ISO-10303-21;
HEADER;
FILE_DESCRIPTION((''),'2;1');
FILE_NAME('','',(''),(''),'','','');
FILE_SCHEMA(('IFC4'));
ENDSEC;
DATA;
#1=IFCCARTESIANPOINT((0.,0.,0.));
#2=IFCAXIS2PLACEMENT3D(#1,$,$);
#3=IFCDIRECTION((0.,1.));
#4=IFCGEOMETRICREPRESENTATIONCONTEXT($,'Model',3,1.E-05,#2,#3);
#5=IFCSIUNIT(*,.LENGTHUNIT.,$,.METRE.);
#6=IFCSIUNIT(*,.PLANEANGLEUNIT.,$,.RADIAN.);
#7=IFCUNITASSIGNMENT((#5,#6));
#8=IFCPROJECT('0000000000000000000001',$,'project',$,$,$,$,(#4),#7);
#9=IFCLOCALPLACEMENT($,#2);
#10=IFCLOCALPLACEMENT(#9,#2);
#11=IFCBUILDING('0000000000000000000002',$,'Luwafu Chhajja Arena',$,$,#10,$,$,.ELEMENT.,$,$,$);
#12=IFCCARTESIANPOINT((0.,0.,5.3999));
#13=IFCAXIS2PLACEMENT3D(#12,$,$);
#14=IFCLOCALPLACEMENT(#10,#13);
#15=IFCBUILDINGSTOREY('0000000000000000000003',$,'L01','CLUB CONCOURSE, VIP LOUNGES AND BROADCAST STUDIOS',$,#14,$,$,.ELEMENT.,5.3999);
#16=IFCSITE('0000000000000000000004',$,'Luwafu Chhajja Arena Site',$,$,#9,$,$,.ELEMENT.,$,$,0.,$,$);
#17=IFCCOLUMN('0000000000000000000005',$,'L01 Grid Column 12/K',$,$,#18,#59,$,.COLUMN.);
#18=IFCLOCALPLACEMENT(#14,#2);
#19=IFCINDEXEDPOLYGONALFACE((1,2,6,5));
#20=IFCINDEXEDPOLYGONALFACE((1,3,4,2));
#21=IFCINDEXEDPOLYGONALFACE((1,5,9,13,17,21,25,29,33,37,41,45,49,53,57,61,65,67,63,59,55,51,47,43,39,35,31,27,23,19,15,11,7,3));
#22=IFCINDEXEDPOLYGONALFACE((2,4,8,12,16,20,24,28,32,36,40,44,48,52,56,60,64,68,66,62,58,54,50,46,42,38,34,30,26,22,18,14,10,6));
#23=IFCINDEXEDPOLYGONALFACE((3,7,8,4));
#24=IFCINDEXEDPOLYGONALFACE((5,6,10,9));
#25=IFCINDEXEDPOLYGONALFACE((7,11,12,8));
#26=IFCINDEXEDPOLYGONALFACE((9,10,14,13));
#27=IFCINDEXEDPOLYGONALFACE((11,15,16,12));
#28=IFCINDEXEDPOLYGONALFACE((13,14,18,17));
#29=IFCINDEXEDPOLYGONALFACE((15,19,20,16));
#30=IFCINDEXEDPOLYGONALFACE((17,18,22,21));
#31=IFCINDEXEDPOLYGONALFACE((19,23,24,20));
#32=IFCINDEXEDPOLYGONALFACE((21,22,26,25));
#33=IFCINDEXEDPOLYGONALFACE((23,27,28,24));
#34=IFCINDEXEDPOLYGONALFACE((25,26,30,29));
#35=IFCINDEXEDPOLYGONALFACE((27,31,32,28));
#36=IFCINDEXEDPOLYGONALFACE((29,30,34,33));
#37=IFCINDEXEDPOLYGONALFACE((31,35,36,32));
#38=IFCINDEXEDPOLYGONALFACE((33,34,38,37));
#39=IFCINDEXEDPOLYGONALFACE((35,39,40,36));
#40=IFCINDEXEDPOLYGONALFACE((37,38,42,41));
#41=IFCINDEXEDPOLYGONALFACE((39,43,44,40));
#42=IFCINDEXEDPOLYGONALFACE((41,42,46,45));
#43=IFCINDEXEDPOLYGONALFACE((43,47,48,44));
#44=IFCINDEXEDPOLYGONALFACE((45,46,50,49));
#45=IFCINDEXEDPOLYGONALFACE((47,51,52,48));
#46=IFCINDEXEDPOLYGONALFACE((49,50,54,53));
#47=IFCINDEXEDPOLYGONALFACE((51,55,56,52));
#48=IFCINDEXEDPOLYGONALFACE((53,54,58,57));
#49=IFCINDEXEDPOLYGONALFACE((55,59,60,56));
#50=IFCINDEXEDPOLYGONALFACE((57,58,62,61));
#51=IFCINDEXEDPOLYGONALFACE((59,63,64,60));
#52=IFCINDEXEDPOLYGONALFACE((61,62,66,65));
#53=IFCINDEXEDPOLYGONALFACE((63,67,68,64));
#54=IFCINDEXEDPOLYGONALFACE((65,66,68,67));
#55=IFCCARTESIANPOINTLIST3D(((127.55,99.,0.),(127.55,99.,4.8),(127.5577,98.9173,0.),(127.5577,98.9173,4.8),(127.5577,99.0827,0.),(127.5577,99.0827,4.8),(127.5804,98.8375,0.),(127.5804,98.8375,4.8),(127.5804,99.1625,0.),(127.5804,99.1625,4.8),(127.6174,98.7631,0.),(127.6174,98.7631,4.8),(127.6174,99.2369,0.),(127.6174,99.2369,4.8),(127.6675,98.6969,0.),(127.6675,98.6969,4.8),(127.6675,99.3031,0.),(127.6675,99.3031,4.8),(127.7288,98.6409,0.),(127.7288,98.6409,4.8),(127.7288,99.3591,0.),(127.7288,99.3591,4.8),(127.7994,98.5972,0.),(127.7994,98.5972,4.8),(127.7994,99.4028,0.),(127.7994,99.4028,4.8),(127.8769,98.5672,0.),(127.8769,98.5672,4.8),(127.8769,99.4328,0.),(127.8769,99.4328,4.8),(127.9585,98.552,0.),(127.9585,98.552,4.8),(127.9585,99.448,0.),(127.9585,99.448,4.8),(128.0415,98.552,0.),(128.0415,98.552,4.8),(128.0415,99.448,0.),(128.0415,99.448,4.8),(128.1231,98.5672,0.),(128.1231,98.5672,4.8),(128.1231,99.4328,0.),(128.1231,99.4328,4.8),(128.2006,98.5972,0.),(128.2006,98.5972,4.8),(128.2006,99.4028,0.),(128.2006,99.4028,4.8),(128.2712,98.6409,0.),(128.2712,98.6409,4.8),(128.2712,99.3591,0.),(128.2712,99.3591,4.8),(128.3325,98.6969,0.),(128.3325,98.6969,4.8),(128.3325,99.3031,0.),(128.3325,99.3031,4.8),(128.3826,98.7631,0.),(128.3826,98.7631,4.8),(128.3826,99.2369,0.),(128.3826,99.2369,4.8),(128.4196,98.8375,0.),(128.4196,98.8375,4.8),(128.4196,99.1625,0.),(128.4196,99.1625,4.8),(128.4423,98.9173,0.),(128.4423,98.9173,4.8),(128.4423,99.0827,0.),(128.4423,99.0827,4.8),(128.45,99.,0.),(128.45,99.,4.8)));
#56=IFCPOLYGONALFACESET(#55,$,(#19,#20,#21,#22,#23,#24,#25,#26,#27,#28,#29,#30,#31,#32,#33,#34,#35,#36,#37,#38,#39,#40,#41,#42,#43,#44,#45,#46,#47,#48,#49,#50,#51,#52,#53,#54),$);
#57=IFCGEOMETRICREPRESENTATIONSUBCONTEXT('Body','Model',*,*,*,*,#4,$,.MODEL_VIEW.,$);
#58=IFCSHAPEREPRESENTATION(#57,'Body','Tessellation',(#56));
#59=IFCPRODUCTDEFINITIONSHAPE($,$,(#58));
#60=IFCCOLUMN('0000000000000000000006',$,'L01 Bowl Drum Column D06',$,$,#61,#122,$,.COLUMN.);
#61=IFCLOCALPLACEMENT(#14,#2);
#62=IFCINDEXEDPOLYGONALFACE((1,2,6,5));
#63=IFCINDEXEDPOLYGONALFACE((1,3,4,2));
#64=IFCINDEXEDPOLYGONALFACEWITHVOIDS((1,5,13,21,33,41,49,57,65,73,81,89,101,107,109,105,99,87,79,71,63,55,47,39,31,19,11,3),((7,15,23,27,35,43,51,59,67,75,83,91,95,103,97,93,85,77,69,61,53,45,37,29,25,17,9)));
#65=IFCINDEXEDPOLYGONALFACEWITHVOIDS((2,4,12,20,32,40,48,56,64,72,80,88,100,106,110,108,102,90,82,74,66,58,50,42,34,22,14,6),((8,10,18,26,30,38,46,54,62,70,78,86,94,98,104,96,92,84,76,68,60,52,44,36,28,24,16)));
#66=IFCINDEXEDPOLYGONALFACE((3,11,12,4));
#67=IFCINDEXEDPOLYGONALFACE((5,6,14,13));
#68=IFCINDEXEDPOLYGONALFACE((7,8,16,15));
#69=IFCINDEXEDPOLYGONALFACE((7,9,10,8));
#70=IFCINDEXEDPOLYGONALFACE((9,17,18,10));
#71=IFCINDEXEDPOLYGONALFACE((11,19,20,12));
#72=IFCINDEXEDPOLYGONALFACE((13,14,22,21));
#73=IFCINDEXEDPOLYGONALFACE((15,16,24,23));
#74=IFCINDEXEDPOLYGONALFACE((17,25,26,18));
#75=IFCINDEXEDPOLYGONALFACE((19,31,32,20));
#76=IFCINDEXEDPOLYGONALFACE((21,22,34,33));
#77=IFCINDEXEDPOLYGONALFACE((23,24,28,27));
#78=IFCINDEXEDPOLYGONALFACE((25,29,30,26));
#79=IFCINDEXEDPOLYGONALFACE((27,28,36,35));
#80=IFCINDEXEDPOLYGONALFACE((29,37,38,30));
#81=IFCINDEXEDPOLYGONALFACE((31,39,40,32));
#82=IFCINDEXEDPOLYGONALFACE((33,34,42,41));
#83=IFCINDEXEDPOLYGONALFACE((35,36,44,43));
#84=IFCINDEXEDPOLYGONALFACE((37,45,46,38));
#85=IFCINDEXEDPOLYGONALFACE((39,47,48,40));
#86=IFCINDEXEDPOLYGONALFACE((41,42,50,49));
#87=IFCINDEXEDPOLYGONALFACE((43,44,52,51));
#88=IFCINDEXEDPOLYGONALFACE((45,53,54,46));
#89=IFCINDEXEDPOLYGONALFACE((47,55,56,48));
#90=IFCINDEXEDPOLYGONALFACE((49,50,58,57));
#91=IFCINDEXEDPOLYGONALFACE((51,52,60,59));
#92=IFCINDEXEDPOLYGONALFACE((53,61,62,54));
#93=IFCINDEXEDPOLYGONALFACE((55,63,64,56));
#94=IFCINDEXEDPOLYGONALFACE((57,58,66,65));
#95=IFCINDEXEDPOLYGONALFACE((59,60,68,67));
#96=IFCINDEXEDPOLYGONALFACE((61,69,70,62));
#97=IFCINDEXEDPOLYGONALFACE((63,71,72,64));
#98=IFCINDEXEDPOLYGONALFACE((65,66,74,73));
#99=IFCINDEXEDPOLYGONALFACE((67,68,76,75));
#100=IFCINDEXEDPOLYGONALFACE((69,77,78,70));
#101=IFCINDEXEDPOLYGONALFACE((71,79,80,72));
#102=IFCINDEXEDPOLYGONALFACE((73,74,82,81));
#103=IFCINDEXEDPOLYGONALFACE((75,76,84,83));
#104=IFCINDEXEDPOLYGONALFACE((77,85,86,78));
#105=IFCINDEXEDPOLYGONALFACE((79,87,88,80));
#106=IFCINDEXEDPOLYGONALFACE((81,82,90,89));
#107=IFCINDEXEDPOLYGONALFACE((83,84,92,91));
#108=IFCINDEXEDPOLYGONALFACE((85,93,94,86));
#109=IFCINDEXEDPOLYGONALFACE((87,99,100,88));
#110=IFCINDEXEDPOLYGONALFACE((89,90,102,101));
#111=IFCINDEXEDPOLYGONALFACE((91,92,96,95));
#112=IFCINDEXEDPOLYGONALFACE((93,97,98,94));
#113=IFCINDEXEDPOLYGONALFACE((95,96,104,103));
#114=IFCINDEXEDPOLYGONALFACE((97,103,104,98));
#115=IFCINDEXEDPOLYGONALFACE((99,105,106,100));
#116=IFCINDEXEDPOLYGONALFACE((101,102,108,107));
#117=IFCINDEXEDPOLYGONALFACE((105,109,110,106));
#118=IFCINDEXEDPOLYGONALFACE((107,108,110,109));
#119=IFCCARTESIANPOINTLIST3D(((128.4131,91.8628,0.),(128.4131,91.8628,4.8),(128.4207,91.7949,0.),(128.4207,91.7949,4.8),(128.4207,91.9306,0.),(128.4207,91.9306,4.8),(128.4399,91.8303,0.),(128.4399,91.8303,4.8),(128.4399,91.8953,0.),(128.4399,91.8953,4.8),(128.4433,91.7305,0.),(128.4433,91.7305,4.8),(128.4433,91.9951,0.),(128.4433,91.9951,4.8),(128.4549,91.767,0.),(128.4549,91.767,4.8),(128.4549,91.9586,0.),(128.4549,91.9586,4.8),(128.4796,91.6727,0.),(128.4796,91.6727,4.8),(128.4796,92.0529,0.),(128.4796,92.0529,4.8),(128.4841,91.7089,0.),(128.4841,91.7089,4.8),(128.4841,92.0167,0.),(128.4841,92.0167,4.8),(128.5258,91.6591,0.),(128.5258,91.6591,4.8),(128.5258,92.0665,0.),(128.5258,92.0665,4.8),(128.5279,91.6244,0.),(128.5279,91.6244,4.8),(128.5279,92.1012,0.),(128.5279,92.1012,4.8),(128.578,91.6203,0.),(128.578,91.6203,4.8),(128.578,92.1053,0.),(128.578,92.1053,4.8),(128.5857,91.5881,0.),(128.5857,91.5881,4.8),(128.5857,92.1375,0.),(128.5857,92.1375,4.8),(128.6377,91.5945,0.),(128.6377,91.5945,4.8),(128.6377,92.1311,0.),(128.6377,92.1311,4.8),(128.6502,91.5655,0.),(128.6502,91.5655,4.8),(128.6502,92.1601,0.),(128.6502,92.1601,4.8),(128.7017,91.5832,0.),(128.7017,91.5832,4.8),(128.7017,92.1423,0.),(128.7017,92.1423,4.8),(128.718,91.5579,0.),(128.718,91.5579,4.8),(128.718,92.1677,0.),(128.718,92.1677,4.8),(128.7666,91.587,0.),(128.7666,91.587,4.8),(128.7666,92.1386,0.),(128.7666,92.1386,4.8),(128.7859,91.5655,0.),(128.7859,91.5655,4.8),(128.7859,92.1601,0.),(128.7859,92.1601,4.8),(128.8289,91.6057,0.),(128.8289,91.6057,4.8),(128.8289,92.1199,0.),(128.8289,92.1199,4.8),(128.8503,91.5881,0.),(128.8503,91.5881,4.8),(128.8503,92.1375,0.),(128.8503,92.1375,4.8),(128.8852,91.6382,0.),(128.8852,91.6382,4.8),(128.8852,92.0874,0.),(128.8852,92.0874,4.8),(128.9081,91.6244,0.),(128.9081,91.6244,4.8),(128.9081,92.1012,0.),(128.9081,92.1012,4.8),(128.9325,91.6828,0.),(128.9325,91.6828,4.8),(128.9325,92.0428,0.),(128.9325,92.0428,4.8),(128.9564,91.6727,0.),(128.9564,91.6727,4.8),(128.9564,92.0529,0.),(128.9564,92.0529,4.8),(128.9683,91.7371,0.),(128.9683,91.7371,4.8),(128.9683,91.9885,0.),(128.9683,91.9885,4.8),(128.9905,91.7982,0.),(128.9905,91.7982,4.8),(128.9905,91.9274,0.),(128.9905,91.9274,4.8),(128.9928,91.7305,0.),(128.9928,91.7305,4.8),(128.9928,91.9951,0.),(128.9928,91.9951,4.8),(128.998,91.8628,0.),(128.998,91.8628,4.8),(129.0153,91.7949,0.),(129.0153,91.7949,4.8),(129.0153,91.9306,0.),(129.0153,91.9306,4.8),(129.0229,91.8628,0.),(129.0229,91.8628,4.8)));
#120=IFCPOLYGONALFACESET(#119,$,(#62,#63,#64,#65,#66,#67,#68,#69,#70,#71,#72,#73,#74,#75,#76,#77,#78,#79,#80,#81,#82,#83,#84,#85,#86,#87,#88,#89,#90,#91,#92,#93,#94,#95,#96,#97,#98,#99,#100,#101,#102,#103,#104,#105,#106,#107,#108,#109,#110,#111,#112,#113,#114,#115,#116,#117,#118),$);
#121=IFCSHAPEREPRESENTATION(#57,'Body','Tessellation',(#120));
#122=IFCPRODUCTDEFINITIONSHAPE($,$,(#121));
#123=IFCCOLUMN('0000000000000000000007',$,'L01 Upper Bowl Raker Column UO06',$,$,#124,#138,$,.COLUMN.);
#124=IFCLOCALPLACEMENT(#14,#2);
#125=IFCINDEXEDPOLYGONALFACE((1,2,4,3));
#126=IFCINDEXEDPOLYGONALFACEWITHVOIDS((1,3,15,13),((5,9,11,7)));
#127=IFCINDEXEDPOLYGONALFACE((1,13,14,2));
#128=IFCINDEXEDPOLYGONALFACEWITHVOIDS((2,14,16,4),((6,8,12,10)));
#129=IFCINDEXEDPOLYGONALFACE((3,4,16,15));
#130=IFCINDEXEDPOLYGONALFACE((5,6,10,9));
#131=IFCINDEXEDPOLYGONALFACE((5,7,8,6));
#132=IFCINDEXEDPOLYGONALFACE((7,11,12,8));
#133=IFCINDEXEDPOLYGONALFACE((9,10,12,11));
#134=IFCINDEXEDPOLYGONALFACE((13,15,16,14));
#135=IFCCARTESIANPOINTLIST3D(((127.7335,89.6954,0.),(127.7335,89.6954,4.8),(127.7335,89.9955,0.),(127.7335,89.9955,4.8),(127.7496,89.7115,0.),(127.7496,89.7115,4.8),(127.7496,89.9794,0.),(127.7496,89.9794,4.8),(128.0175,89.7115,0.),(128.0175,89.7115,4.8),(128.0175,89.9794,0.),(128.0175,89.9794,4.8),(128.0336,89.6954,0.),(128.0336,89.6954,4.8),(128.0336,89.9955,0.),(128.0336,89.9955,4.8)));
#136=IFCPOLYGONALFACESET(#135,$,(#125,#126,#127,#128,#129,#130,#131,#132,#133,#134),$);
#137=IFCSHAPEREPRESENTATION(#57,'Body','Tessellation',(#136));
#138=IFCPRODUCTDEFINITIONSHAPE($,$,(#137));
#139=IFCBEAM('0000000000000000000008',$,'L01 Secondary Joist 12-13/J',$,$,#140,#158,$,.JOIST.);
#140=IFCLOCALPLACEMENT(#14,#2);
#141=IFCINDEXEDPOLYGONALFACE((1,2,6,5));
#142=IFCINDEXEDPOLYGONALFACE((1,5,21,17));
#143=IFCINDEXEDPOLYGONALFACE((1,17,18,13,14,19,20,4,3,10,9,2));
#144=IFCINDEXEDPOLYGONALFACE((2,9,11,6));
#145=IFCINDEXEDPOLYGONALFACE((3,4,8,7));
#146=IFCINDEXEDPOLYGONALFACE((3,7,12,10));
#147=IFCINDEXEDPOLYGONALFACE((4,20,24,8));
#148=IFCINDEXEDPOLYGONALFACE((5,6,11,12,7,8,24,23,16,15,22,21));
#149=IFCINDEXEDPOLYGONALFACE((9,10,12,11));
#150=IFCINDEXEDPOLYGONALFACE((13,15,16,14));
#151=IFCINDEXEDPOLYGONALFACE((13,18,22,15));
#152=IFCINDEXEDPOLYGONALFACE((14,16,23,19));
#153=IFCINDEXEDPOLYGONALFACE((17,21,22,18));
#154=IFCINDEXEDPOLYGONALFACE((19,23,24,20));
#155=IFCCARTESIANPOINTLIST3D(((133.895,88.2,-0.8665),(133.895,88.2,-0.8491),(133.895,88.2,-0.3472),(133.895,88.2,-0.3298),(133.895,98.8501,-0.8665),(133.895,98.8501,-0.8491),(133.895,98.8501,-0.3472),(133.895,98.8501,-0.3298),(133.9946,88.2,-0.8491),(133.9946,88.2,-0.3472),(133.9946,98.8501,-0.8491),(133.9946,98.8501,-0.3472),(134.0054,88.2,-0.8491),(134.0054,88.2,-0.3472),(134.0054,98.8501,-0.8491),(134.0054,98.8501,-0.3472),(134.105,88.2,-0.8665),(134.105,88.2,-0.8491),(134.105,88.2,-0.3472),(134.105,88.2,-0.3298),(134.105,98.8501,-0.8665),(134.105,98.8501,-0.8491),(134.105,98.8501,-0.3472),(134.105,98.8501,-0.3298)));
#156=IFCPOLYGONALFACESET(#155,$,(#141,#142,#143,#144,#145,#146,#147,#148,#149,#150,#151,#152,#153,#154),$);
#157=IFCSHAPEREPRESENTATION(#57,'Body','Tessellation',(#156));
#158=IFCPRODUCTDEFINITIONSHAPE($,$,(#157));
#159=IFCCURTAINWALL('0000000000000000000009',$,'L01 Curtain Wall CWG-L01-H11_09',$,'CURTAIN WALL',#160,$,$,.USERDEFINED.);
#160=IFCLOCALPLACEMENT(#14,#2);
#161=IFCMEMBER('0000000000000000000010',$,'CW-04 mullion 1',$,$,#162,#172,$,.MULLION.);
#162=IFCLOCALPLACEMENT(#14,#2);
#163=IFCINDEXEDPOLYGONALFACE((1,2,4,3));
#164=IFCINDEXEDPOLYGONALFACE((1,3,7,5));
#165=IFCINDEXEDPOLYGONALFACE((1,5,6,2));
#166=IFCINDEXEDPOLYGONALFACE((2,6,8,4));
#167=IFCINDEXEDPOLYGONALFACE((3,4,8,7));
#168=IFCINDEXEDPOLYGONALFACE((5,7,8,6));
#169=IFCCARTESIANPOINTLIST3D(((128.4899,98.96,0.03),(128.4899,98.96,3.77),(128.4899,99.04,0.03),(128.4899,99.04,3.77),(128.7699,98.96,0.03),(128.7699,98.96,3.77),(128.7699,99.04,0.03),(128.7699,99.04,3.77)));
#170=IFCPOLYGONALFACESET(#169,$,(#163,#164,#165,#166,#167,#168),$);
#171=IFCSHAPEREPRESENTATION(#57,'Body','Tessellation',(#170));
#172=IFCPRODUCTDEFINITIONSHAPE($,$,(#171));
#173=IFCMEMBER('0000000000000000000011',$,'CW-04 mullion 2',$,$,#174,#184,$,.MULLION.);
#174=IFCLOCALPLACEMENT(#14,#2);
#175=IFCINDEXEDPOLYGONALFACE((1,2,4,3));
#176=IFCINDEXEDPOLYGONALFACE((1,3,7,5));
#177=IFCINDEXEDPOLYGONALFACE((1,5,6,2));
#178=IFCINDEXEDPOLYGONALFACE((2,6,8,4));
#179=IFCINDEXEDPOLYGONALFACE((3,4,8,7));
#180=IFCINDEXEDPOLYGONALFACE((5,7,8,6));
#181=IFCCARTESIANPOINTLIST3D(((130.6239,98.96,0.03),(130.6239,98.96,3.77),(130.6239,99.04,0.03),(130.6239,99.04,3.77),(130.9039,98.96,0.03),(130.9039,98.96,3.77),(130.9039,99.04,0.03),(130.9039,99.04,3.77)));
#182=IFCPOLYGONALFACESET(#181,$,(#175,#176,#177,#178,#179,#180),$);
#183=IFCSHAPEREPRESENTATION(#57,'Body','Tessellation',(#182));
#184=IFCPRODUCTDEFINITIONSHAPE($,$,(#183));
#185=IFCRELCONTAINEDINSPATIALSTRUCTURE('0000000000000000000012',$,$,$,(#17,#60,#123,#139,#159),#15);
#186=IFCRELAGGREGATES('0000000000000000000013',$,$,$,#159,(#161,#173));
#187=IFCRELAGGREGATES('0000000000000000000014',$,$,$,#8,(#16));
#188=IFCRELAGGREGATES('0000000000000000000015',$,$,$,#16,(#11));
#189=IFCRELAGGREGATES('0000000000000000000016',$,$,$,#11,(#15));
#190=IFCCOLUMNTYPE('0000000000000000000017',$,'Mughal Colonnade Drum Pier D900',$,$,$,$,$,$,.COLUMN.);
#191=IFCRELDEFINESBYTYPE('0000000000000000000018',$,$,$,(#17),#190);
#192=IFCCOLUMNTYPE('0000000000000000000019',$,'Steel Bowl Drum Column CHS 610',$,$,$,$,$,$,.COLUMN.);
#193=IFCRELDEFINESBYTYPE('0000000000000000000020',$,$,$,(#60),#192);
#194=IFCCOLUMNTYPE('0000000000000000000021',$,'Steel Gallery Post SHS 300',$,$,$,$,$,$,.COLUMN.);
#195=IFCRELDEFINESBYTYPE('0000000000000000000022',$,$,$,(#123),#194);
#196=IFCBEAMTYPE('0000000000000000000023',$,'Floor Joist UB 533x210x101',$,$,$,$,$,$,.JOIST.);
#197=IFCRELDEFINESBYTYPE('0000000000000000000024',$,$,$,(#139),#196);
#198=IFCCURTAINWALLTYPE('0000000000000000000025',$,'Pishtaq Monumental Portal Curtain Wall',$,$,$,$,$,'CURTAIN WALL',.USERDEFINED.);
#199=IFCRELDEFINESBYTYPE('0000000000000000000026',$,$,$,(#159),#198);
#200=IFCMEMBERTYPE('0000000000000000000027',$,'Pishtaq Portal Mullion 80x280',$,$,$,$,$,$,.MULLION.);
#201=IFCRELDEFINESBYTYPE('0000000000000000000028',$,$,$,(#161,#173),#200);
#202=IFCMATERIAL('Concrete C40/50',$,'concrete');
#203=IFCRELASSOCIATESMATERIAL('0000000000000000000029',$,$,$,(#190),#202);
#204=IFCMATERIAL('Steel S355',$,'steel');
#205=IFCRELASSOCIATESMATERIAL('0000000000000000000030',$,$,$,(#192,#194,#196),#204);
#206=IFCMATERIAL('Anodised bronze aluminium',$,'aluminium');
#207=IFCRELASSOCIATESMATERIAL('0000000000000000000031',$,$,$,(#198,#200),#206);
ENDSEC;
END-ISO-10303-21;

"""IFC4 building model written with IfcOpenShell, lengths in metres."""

from ifc_helpers import new_model, si_unit, direction, frame, origin, origin_2d, place, context, subcontext, project, spatial, rectangle, hollow_rectangle, circle, hollow_circle, i_section, extrude, material, material_profile, profile_set, type_object, element, aggregate, save


model = new_model("IFC4")

# Units and contexts
model_context = context("Model", 3, precision=1e-05, world=origin(), true_north=direction((0.0, 1.0)))
body_context = subcontext(model_context, "Body", "Model", "MODEL_VIEW")
ifc_project = project(units=[si_unit("LENGTHUNIT", "METRE"), si_unit("PLANEANGLEUNIT", "RADIAN")], contexts=[model_context])

# Site, building, storey
site_placement = place(None, origin())
site = spatial("IfcSite", under=ifc_project, at=site_placement, Name="Luwafu Chhajja Arena Site", CompositionType="ELEMENT", RefElevation=0.0)
building_placement = place(site_placement, origin())
building = spatial("IfcBuilding", under=site, at=building_placement, Name="Luwafu Chhajja Arena", CompositionType="ELEMENT")
storey_placement = place(building_placement, frame((0.0, 0.0, 5.3999)))
storey = spatial("IfcBuildingStorey", under=building, at=storey_placement, Name="L01", Description="CLUB CONCOURSE, VIP LOUNGES AND BROADCAST STUDIOS", CompositionType="ELEMENT", Elevation=5.3999)

# Columns
ifc_material_1 = material(Name="Concrete C40/50", Category="concrete")
ifc_material_profile_1 = material_profile(ifc_material_1, circle(Radius=0.45, at=origin_2d()), Name="RC COL D900")
ifc_profile_set_1 = profile_set([ifc_material_profile_1], Name="Concrete C40/50")
column_type_1 = type_object("IfcColumnType", Name="Mughal Colonnade Drum Pier D900", PredefinedType="COLUMN", material=ifc_profile_set_1)
column_1_placement = place(storey_placement, frame((128.0, 99.0, 0.0), z_axis=(0.0, 0.0, 1.0), x_axis=(1.0, 0.0, 0.0)))
element("IfcColumn", 1, at=column_1_placement, inside=storey, type_object=column_type_1, Name="L01 Grid Column 12/K", PredefinedType="COLUMN", context=body_context, shape_type="SweptSolid", body=[
    extrude(circle(Radius=0.45, at=origin_2d()), origin(), (0.0, 0.0, 1.0), 4.8),
])
ifc_material_2 = material(Name="Steel S355", Category="steel")
ifc_material_profile_2 = material_profile(ifc_material_2, hollow_circle(Radius=0.3049, WallThickness=0.0249, at=origin_2d()), Name="CHS 610x25")
ifc_profile_set_2 = profile_set([ifc_material_profile_2], Name="Steel S355")
column_type_2 = type_object("IfcColumnType", Name="Steel Bowl Drum Column CHS 610", PredefinedType="COLUMN", material=ifc_profile_set_2)
column_2_placement = place(storey_placement, frame((128.718, 91.8628, 0.0), z_axis=(0.0, 0.0, 1.0), x_axis=(1.0, 0.0, 0.0)))
element("IfcColumn", 2, at=column_2_placement, inside=storey, type_object=column_type_2, Name="L01 Bowl Drum Column D06", PredefinedType="COLUMN", context=body_context, shape_type="SweptSolid", body=[
    extrude(hollow_circle(Radius=0.3049, WallThickness=0.0249, at=origin_2d()), origin(), (0.0, 0.0, 1.0), 4.8),
])
ifc_material_profile_3 = material_profile(ifc_material_2, hollow_rectangle(XDim=0.3, YDim=0.3, WallThickness=0.0161, at=origin_2d()), Name="SHS 300x300x16")
ifc_profile_set_3 = profile_set([ifc_material_profile_3], Name="Steel S355")
column_type_3 = type_object("IfcColumnType", Name="Steel Gallery Post SHS 300", PredefinedType="COLUMN", material=ifc_profile_set_3)
column_3_placement = place(storey_placement, frame((127.8835, 89.8455, 0.0), z_axis=(0.0, 0.0, 1.0), x_axis=(1.0, 0.0, 0.0)))
element("IfcColumn", 3, at=column_3_placement, inside=storey, type_object=column_type_3, Name="L01 Upper Bowl Raker Column UO06", PredefinedType="COLUMN", context=body_context, shape_type="SweptSolid", body=[
    extrude(hollow_rectangle(XDim=0.3, YDim=0.3, WallThickness=0.0161, at=origin_2d()), origin(), (0.0, 0.0, 1.0), 4.8),
])

# Beam
ifc_material_profile_4 = material_profile(ifc_material_2, i_section(OverallWidth=0.21, OverallDepth=0.5366, WebThickness=0.0107, FlangeThickness=0.0173, at=origin_2d()), Name="UB 533x210x101")
ifc_profile_set_4 = profile_set([ifc_material_profile_4], Name="Steel S355")
beam_type_1 = type_object("IfcBeamType", Name="Floor Joist UB 533x210x101", PredefinedType="JOIST", material=ifc_profile_set_4)
beam_1_placement = place(storey_placement, frame((134.0, 88.2, -0.5981), z_axis=(0.0, 1.0, 0.0), x_axis=(-1.0, 0.0, 0.0)))
element("IfcBeam", 4, at=beam_1_placement, inside=storey, type_object=beam_type_1, Name="L01 Secondary Joist 12-13/J", PredefinedType="JOIST", context=body_context, shape_type="SweptSolid", body=[
    extrude(i_section(OverallWidth=0.21, OverallDepth=0.5366, WebThickness=0.0107, FlangeThickness=0.0173, at=origin_2d()), origin(), (0.0, 0.0, 1.0), 10.6501),
])

# Curtain wall, members
ifc_material_3 = material(Name="Anodised bronze aluminium", Category="aluminium")
curtain_wall_type = type_object("IfcCurtainWallType", Name="Pishtaq Monumental Portal Curtain Wall", ElementType="CURTAIN WALL", PredefinedType="USERDEFINED", material=ifc_material_3)
curtain_wall_placement = place(storey_placement, origin())
curtain_wall = element("IfcCurtainWall", 5, at=curtain_wall_placement, inside=storey, type_object=curtain_wall_type, Name="L01 Curtain Wall CWG-L01-H11_09", ObjectType="CURTAIN WALL", PredefinedType="USERDEFINED")
ifc_material_profile_5 = material_profile(ifc_material_3, rectangle(XDim=0.0801, YDim=0.28, at=origin_2d()), Name="CWM 80x280")
ifc_profile_set_5 = profile_set([ifc_material_profile_5], Name="Anodised bronze aluminium")
member_type_1 = type_object("IfcMemberType", Name="Pishtaq Portal Mullion 80x280", PredefinedType="MULLION", material=ifc_profile_set_5)
member_1_placement = place(storey_placement, frame((128.6299, 99.0, 0.03), z_axis=(0.0, 0.0, 1.0), x_axis=(0.0, 1.0, 0.0)))
member_1 = element("IfcMember", 6, at=member_1_placement, type_object=member_type_1, Name="CW-04 mullion 1", PredefinedType="MULLION", context=body_context, shape_type="SweptSolid", body=[
    extrude(rectangle(XDim=0.0801, YDim=0.28, at=origin_2d()), origin(), (0.0, 0.0, 1.0), 3.74),
])
member_2_placement = place(storey_placement, frame((130.7639, 99.0, 0.03), z_axis=(0.0, 0.0, 1.0), x_axis=(0.0, 1.0, 0.0)))
member_2 = element("IfcMember", 7, at=member_2_placement, type_object=member_type_1, Name="CW-04 mullion 2", PredefinedType="MULLION", context=body_context, shape_type="SweptSolid", body=[
    extrude(rectangle(XDim=0.0801, YDim=0.28, at=origin_2d()), origin(), (0.0, 0.0, 1.0), 3.74),
])

aggregate(curtain_wall, [member_1, member_2])

save(model, "model.ifc")
